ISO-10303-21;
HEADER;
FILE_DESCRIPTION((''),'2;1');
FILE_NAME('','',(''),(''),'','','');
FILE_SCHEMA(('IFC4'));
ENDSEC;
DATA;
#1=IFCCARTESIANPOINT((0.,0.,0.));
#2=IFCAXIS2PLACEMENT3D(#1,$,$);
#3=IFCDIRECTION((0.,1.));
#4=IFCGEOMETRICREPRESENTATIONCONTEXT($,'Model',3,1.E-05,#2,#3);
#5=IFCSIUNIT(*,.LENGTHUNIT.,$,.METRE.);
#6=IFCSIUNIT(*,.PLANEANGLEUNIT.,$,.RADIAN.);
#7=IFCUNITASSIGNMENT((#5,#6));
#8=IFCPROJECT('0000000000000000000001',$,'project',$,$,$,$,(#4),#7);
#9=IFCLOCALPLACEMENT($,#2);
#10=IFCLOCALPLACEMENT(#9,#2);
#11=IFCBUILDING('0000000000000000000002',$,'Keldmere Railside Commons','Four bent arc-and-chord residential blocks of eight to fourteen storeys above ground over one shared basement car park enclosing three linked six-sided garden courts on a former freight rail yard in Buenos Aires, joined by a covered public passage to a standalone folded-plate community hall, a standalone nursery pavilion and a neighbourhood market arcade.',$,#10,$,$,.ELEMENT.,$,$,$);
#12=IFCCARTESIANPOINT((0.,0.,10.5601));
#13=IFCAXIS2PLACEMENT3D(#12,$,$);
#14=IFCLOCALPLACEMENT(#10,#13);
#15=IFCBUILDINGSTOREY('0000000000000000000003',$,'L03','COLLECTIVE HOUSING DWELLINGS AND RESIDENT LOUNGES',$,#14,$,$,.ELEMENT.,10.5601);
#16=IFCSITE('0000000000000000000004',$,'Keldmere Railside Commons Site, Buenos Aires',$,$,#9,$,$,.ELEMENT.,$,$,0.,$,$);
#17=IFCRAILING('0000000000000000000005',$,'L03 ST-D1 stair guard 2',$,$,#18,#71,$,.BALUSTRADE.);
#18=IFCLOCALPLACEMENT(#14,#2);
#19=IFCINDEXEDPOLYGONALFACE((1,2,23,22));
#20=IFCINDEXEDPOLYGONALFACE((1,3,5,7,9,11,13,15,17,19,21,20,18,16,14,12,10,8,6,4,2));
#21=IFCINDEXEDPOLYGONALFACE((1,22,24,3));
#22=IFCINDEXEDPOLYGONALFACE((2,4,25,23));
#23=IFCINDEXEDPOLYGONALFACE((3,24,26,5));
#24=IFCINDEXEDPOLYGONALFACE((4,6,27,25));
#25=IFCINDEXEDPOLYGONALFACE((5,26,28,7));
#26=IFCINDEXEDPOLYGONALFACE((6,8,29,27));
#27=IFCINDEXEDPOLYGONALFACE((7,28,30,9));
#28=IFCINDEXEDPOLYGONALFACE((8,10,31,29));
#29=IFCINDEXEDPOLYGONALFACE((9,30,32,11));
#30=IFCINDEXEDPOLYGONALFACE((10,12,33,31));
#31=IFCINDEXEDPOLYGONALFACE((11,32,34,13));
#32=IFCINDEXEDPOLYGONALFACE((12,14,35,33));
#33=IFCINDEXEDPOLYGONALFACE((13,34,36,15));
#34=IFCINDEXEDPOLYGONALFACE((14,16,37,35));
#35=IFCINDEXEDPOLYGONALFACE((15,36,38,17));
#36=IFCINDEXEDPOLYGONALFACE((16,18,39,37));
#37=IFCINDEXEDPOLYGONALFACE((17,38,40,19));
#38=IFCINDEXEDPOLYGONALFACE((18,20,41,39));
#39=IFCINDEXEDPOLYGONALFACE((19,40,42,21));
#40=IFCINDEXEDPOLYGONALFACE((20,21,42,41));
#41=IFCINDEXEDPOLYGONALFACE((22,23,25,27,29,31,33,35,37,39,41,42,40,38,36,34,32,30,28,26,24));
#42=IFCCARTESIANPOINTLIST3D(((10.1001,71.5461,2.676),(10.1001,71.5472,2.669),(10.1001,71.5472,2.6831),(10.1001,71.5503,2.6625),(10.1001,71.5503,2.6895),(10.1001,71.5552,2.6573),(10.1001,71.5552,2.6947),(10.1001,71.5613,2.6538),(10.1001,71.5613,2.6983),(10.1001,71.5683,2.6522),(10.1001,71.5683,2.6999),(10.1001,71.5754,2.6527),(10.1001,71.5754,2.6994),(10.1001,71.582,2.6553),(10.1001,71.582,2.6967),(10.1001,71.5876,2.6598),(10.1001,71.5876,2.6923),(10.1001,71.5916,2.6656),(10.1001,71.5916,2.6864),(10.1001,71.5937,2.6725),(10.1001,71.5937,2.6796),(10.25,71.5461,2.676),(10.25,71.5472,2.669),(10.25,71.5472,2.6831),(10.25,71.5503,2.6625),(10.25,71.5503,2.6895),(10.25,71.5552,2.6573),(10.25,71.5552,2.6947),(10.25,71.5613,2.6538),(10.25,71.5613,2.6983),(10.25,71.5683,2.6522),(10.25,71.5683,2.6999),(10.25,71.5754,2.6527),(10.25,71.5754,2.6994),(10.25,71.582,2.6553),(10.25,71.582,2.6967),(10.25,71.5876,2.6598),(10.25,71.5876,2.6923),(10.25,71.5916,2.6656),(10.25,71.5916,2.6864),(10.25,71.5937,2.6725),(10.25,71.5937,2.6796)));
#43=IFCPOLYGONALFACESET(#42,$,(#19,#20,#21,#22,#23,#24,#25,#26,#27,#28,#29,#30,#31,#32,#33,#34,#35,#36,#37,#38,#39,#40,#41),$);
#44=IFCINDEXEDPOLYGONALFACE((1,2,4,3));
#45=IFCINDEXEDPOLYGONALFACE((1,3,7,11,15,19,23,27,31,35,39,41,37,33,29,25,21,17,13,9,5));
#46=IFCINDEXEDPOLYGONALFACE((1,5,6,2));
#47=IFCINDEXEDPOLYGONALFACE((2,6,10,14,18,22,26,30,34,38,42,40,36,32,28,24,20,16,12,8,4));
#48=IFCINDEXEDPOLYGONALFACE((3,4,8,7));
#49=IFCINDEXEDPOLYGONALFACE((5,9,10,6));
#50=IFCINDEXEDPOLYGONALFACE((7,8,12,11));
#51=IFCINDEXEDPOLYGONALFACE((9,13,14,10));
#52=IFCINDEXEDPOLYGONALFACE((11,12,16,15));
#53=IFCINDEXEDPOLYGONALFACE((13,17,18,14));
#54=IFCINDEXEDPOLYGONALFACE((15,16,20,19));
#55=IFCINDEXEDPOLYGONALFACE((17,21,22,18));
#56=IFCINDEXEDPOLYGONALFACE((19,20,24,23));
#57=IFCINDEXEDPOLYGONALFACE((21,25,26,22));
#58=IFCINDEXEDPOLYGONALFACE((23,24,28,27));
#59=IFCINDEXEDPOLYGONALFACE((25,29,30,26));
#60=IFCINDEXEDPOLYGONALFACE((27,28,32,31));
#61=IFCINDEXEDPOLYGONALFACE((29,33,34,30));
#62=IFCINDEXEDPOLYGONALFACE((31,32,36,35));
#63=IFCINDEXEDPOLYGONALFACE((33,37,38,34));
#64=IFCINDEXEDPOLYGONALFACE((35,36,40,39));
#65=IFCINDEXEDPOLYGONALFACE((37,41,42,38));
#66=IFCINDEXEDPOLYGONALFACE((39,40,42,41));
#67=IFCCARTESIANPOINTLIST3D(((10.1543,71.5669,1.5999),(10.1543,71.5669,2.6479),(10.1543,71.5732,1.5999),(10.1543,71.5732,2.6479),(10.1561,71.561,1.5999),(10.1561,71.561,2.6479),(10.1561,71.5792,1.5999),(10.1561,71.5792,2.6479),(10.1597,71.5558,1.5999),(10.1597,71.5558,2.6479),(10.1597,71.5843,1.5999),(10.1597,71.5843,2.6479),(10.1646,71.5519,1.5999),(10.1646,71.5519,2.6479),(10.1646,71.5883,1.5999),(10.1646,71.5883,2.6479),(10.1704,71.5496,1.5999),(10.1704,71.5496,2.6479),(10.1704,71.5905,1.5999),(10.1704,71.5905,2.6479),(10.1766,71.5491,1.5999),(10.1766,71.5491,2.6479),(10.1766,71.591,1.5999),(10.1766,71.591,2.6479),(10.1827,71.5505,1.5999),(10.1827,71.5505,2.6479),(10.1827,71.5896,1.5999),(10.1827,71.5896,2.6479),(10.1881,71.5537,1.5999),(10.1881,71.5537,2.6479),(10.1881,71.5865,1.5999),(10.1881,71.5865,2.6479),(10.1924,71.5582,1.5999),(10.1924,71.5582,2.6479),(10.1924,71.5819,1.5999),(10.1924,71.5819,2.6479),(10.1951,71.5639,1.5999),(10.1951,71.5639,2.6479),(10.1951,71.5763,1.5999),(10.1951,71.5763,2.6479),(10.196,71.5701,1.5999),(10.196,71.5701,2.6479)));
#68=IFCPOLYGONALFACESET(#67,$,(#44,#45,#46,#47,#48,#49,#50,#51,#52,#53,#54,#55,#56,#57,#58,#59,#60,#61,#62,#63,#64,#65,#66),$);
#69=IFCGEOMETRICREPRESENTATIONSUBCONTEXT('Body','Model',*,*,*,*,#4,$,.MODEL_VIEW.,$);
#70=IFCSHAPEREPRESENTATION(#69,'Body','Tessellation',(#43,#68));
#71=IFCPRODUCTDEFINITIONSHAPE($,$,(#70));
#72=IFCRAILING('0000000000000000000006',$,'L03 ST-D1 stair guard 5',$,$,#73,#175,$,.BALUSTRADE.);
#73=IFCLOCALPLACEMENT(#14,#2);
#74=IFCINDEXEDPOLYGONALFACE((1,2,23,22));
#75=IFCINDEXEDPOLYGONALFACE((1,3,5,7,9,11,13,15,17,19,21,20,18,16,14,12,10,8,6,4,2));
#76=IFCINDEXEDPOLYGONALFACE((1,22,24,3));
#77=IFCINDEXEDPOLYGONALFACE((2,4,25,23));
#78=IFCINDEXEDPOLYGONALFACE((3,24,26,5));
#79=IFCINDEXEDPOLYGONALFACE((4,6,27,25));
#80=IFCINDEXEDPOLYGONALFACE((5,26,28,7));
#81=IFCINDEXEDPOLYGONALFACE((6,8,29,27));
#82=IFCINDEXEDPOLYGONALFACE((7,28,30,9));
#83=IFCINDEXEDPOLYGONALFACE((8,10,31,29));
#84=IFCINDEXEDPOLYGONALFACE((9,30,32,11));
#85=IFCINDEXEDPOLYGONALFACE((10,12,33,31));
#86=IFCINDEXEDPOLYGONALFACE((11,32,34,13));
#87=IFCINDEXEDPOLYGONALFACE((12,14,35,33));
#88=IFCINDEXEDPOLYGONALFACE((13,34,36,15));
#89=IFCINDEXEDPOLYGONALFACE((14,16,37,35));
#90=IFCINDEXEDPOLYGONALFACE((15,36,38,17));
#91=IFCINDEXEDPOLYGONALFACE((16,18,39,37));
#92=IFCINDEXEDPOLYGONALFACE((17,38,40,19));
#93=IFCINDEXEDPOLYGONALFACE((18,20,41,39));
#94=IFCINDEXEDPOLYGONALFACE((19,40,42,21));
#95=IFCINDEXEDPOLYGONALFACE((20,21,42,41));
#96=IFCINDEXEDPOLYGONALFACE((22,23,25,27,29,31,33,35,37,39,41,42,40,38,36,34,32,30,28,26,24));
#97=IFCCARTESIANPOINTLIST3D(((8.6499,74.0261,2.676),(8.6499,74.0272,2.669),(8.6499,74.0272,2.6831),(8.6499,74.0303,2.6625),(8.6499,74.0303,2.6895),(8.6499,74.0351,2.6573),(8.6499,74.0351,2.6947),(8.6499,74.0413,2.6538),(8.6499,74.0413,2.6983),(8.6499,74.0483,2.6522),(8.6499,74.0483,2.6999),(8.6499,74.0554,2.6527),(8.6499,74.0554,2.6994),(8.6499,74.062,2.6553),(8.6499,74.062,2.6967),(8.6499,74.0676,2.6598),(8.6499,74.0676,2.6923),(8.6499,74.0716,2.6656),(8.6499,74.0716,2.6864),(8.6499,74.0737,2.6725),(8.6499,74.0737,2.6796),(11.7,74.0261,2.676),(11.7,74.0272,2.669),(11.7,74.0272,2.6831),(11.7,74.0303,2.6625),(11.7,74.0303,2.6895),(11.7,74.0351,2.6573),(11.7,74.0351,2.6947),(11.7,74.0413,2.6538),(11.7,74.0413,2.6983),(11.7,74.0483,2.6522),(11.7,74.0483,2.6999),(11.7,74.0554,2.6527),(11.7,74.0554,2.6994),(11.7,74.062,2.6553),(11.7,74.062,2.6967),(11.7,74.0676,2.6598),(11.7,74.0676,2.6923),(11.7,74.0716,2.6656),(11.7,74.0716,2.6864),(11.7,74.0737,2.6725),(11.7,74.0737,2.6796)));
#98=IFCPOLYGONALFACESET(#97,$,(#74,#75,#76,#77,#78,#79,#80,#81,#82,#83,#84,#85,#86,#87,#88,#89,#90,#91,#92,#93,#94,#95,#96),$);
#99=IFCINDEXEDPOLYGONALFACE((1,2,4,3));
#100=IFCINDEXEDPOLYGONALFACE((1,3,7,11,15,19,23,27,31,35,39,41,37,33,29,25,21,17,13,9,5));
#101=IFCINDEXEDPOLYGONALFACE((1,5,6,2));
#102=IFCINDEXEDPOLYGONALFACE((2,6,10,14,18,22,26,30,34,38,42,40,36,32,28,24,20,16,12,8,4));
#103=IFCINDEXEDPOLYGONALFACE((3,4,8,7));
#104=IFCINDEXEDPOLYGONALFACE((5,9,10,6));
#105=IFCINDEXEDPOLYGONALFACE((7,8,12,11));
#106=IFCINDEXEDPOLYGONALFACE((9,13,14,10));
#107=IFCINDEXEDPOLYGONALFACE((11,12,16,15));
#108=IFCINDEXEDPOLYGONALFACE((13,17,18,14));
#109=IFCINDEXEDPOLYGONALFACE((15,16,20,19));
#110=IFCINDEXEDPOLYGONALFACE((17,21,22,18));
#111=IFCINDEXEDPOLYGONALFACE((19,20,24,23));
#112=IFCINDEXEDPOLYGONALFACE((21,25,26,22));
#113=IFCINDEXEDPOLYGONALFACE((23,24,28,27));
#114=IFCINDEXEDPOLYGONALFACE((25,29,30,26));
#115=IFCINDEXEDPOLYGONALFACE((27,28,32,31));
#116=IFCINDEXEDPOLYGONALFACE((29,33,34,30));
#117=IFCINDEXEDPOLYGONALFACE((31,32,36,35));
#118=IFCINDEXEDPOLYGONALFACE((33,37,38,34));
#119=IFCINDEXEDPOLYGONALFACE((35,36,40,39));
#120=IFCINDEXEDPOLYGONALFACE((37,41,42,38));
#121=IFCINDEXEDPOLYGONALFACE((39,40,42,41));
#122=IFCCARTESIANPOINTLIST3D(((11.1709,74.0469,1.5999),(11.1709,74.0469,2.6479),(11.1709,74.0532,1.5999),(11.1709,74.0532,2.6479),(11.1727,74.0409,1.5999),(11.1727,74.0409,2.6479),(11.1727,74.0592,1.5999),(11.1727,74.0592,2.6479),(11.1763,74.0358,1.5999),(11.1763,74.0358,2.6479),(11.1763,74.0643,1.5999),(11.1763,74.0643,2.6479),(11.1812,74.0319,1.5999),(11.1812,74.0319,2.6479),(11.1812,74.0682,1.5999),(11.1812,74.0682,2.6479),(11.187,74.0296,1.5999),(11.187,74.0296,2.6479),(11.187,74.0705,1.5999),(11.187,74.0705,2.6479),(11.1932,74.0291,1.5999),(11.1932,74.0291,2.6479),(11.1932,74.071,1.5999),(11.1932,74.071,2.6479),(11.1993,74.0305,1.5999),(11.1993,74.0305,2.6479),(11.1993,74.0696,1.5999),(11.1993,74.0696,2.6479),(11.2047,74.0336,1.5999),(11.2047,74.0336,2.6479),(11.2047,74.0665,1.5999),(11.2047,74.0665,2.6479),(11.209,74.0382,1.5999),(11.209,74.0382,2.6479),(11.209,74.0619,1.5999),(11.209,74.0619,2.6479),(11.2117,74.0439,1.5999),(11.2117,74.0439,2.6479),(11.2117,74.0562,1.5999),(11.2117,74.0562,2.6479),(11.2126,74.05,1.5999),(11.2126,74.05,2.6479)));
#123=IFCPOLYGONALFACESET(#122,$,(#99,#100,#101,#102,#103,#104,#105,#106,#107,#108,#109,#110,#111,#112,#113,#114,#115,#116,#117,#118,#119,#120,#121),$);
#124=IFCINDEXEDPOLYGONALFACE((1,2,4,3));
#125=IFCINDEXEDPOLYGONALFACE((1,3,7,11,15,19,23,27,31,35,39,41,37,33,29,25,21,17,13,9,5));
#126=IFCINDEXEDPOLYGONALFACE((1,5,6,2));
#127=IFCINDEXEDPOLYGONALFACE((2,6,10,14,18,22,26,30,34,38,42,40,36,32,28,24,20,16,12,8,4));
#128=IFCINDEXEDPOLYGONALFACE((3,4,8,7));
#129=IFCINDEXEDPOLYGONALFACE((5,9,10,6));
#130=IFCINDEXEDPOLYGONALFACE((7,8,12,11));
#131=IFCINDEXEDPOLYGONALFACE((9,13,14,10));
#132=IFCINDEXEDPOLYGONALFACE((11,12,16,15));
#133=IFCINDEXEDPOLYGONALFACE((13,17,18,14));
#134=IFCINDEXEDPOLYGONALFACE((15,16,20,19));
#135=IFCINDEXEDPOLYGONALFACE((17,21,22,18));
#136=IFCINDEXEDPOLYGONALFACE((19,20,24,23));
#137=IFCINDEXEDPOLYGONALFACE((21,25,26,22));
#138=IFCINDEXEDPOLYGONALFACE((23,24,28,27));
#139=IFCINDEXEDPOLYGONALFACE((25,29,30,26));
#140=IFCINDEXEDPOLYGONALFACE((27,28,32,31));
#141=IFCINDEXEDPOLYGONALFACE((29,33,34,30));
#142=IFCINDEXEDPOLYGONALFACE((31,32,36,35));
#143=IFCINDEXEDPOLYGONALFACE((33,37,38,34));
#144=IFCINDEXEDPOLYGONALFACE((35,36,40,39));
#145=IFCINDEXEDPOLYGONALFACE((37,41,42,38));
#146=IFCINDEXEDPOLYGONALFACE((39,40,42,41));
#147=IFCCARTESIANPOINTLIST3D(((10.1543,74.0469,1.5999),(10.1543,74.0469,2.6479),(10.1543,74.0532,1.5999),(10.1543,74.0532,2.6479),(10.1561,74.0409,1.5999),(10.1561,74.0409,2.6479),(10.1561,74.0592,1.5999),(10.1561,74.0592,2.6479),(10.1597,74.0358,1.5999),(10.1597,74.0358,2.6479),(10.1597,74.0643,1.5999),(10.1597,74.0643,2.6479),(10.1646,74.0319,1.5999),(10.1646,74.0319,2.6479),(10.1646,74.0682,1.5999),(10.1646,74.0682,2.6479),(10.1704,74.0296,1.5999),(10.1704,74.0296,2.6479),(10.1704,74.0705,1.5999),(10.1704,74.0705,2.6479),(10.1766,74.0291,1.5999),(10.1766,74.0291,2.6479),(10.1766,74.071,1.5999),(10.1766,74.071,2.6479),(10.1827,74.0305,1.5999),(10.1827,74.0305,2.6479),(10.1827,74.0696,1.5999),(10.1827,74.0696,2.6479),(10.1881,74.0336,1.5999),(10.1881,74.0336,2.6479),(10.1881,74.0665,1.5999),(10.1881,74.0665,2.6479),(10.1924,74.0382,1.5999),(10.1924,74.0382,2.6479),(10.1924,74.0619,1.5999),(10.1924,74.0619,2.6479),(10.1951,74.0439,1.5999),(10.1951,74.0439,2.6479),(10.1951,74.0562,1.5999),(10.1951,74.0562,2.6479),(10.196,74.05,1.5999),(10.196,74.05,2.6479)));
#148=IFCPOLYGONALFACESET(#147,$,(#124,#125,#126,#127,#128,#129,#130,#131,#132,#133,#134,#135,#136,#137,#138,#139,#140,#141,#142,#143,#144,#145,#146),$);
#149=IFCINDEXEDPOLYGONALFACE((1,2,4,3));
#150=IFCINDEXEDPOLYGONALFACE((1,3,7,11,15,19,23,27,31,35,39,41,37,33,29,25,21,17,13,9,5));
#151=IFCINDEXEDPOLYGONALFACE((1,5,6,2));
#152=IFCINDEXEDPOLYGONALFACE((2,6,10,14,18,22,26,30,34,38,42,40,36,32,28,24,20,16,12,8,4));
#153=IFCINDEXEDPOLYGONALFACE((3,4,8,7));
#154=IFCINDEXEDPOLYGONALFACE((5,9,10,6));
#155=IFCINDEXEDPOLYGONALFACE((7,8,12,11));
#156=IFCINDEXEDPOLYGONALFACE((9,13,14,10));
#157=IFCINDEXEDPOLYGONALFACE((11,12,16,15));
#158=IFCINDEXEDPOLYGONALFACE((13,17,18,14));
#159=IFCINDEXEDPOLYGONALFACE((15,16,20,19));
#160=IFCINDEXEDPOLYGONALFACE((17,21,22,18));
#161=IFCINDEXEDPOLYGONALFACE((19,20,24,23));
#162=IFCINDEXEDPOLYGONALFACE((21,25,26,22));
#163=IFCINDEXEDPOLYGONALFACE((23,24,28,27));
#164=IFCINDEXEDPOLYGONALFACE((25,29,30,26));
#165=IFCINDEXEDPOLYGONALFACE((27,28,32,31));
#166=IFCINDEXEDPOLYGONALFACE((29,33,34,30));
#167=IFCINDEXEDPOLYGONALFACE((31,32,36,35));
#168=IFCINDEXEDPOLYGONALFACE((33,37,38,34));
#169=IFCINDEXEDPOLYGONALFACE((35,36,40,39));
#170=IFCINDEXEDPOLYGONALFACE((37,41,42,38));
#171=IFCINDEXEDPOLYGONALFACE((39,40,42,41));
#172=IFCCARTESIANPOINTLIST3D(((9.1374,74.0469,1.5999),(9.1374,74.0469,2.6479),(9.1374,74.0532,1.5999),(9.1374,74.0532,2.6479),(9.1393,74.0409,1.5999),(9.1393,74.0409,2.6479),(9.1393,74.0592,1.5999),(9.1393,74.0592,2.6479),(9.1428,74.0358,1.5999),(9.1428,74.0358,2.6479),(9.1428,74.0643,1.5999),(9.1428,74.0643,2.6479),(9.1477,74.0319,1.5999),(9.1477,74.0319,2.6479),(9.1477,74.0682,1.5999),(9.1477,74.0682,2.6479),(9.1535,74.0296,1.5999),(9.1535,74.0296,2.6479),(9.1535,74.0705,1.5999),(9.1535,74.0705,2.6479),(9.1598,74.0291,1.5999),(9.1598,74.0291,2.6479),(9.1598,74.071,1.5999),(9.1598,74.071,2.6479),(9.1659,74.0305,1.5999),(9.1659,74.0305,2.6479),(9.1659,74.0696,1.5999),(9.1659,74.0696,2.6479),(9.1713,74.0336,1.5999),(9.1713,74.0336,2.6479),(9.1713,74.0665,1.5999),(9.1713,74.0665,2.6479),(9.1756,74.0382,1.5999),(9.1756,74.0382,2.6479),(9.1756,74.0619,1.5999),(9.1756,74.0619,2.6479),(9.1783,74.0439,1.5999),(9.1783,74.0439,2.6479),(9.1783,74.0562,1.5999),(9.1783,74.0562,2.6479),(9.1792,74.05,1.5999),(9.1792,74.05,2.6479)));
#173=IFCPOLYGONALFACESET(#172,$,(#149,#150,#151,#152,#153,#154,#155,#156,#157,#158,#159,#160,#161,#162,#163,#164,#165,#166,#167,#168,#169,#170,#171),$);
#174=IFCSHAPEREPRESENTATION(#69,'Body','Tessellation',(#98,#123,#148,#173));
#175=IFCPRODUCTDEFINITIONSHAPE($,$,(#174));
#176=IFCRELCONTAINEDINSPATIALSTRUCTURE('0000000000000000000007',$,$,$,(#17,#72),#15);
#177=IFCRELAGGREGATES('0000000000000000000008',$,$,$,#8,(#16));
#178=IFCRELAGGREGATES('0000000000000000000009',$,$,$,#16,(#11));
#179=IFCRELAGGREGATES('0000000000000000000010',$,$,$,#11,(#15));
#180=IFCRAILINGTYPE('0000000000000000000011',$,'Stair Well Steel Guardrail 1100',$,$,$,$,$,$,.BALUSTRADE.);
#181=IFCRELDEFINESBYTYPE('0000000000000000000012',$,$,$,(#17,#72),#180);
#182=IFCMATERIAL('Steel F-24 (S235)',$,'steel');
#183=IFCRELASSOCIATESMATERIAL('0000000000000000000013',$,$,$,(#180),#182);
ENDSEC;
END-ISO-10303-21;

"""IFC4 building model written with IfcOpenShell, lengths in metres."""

from ifc_helpers import new_model, si_unit, direction, frame, origin, origin_2d, place, context, subcontext, project, spatial, circle, extrude, material, type_object, element, save


model = new_model("IFC4")

# Units and contexts
model_context = context("Model", 3, precision=1e-05, world=origin(), true_north=direction((0.0, 1.0)))
body_context = subcontext(model_context, "Body", "Model", "MODEL_VIEW")
ifc_project = project(units=[si_unit("LENGTHUNIT", "METRE"), si_unit("PLANEANGLEUNIT", "RADIAN")], contexts=[model_context])

# Site, building, storey
site_placement = place(None, origin())
site = spatial("IfcSite", under=ifc_project, at=site_placement, Name="Keldmere Railside Commons Site, Buenos Aires", CompositionType="ELEMENT", RefElevation=0.0)
building_placement = place(site_placement, origin())
building = spatial("IfcBuilding", under=site, at=building_placement, Name="Keldmere Railside Commons", Description="Four bent arc-and-chord residential blocks of eight to fourteen storeys above ground over one shared basement car park enclosing three linked six-sided garden courts on a former freight rail yard in Buenos Aires, joined by a covered public passage to a standalone folded-plate community hall, a standalone nursery pavilion and a neighbourhood market arcade.", CompositionType="ELEMENT")
storey_placement = place(building_placement, frame((0.0, 0.0, 10.5601)))
storey = spatial("IfcBuildingStorey", under=building, at=storey_placement, Name="L03", Description="COLLECTIVE HOUSING DWELLINGS AND RESIDENT LOUNGES", CompositionType="ELEMENT", Elevation=10.5601)

# Shared definitions
ifc_material_1 = material(Name="Steel F-24 (S235)", Category="steel")

# Railings
railing_type_1 = type_object("IfcRailingType", Name="Stair Well Steel Guardrail 1100", PredefinedType="BALUSTRADE", material=ifc_material_1)
railing_1_placement = place(storey_placement, frame((10.25, 71.5701, 1.5999)))
element("IfcRailing", 1, at=railing_1_placement, inside=storey, type_object=railing_type_1, Name="L03 ST-D1 stair guard 2", PredefinedType="BALUSTRADE", context=body_context, shape_type="SweptSolid", body=[
    extrude(circle(Radius=0.0239, at=origin_2d()), frame((0.0, 0.0, 1.0762), z_axis=(-1.0, 0.0, 0.0), x_axis=(0.0, -1.0, 0.0)), (0.0, 0.0, 1.0), 0.1499),
    extrude(circle(Radius=0.021, at=origin_2d()), frame((-0.075, 0.0, 0.0)), (0.0, 0.0, 1.0), 1.0481),
])
railing_2_placement = place(storey_placement, frame((11.7, 74.05, 1.5999)))
element("IfcRailing", 2, at=railing_2_placement, inside=storey, type_object=railing_type_1, Name="L03 ST-D1 stair guard 5", PredefinedType="BALUSTRADE", context=body_context, shape_type="SweptSolid", body=[
    extrude(circle(Radius=0.0239, at=origin_2d()), frame((0.0, 0.0, 1.0762), z_axis=(-1.0, 0.0, 0.0), x_axis=(0.0, -1.0, 0.0)), (0.0, 0.0, 1.0), 3.05),
    extrude(circle(Radius=0.021, at=origin_2d()), frame((-0.5083, 0.0, 0.0)), (0.0, 0.0, 1.0), 1.0481),
    extrude(circle(Radius=0.021, at=origin_2d()), frame((-1.5249, 0.0, 0.0)), (0.0, 0.0, 1.0), 1.0481),
    extrude(circle(Radius=0.021, at=origin_2d()), frame((-2.5417, 0.0, 0.0)), (0.0, 0.0, 1.0), 1.0481),
])

save(model, "model.ifc")
